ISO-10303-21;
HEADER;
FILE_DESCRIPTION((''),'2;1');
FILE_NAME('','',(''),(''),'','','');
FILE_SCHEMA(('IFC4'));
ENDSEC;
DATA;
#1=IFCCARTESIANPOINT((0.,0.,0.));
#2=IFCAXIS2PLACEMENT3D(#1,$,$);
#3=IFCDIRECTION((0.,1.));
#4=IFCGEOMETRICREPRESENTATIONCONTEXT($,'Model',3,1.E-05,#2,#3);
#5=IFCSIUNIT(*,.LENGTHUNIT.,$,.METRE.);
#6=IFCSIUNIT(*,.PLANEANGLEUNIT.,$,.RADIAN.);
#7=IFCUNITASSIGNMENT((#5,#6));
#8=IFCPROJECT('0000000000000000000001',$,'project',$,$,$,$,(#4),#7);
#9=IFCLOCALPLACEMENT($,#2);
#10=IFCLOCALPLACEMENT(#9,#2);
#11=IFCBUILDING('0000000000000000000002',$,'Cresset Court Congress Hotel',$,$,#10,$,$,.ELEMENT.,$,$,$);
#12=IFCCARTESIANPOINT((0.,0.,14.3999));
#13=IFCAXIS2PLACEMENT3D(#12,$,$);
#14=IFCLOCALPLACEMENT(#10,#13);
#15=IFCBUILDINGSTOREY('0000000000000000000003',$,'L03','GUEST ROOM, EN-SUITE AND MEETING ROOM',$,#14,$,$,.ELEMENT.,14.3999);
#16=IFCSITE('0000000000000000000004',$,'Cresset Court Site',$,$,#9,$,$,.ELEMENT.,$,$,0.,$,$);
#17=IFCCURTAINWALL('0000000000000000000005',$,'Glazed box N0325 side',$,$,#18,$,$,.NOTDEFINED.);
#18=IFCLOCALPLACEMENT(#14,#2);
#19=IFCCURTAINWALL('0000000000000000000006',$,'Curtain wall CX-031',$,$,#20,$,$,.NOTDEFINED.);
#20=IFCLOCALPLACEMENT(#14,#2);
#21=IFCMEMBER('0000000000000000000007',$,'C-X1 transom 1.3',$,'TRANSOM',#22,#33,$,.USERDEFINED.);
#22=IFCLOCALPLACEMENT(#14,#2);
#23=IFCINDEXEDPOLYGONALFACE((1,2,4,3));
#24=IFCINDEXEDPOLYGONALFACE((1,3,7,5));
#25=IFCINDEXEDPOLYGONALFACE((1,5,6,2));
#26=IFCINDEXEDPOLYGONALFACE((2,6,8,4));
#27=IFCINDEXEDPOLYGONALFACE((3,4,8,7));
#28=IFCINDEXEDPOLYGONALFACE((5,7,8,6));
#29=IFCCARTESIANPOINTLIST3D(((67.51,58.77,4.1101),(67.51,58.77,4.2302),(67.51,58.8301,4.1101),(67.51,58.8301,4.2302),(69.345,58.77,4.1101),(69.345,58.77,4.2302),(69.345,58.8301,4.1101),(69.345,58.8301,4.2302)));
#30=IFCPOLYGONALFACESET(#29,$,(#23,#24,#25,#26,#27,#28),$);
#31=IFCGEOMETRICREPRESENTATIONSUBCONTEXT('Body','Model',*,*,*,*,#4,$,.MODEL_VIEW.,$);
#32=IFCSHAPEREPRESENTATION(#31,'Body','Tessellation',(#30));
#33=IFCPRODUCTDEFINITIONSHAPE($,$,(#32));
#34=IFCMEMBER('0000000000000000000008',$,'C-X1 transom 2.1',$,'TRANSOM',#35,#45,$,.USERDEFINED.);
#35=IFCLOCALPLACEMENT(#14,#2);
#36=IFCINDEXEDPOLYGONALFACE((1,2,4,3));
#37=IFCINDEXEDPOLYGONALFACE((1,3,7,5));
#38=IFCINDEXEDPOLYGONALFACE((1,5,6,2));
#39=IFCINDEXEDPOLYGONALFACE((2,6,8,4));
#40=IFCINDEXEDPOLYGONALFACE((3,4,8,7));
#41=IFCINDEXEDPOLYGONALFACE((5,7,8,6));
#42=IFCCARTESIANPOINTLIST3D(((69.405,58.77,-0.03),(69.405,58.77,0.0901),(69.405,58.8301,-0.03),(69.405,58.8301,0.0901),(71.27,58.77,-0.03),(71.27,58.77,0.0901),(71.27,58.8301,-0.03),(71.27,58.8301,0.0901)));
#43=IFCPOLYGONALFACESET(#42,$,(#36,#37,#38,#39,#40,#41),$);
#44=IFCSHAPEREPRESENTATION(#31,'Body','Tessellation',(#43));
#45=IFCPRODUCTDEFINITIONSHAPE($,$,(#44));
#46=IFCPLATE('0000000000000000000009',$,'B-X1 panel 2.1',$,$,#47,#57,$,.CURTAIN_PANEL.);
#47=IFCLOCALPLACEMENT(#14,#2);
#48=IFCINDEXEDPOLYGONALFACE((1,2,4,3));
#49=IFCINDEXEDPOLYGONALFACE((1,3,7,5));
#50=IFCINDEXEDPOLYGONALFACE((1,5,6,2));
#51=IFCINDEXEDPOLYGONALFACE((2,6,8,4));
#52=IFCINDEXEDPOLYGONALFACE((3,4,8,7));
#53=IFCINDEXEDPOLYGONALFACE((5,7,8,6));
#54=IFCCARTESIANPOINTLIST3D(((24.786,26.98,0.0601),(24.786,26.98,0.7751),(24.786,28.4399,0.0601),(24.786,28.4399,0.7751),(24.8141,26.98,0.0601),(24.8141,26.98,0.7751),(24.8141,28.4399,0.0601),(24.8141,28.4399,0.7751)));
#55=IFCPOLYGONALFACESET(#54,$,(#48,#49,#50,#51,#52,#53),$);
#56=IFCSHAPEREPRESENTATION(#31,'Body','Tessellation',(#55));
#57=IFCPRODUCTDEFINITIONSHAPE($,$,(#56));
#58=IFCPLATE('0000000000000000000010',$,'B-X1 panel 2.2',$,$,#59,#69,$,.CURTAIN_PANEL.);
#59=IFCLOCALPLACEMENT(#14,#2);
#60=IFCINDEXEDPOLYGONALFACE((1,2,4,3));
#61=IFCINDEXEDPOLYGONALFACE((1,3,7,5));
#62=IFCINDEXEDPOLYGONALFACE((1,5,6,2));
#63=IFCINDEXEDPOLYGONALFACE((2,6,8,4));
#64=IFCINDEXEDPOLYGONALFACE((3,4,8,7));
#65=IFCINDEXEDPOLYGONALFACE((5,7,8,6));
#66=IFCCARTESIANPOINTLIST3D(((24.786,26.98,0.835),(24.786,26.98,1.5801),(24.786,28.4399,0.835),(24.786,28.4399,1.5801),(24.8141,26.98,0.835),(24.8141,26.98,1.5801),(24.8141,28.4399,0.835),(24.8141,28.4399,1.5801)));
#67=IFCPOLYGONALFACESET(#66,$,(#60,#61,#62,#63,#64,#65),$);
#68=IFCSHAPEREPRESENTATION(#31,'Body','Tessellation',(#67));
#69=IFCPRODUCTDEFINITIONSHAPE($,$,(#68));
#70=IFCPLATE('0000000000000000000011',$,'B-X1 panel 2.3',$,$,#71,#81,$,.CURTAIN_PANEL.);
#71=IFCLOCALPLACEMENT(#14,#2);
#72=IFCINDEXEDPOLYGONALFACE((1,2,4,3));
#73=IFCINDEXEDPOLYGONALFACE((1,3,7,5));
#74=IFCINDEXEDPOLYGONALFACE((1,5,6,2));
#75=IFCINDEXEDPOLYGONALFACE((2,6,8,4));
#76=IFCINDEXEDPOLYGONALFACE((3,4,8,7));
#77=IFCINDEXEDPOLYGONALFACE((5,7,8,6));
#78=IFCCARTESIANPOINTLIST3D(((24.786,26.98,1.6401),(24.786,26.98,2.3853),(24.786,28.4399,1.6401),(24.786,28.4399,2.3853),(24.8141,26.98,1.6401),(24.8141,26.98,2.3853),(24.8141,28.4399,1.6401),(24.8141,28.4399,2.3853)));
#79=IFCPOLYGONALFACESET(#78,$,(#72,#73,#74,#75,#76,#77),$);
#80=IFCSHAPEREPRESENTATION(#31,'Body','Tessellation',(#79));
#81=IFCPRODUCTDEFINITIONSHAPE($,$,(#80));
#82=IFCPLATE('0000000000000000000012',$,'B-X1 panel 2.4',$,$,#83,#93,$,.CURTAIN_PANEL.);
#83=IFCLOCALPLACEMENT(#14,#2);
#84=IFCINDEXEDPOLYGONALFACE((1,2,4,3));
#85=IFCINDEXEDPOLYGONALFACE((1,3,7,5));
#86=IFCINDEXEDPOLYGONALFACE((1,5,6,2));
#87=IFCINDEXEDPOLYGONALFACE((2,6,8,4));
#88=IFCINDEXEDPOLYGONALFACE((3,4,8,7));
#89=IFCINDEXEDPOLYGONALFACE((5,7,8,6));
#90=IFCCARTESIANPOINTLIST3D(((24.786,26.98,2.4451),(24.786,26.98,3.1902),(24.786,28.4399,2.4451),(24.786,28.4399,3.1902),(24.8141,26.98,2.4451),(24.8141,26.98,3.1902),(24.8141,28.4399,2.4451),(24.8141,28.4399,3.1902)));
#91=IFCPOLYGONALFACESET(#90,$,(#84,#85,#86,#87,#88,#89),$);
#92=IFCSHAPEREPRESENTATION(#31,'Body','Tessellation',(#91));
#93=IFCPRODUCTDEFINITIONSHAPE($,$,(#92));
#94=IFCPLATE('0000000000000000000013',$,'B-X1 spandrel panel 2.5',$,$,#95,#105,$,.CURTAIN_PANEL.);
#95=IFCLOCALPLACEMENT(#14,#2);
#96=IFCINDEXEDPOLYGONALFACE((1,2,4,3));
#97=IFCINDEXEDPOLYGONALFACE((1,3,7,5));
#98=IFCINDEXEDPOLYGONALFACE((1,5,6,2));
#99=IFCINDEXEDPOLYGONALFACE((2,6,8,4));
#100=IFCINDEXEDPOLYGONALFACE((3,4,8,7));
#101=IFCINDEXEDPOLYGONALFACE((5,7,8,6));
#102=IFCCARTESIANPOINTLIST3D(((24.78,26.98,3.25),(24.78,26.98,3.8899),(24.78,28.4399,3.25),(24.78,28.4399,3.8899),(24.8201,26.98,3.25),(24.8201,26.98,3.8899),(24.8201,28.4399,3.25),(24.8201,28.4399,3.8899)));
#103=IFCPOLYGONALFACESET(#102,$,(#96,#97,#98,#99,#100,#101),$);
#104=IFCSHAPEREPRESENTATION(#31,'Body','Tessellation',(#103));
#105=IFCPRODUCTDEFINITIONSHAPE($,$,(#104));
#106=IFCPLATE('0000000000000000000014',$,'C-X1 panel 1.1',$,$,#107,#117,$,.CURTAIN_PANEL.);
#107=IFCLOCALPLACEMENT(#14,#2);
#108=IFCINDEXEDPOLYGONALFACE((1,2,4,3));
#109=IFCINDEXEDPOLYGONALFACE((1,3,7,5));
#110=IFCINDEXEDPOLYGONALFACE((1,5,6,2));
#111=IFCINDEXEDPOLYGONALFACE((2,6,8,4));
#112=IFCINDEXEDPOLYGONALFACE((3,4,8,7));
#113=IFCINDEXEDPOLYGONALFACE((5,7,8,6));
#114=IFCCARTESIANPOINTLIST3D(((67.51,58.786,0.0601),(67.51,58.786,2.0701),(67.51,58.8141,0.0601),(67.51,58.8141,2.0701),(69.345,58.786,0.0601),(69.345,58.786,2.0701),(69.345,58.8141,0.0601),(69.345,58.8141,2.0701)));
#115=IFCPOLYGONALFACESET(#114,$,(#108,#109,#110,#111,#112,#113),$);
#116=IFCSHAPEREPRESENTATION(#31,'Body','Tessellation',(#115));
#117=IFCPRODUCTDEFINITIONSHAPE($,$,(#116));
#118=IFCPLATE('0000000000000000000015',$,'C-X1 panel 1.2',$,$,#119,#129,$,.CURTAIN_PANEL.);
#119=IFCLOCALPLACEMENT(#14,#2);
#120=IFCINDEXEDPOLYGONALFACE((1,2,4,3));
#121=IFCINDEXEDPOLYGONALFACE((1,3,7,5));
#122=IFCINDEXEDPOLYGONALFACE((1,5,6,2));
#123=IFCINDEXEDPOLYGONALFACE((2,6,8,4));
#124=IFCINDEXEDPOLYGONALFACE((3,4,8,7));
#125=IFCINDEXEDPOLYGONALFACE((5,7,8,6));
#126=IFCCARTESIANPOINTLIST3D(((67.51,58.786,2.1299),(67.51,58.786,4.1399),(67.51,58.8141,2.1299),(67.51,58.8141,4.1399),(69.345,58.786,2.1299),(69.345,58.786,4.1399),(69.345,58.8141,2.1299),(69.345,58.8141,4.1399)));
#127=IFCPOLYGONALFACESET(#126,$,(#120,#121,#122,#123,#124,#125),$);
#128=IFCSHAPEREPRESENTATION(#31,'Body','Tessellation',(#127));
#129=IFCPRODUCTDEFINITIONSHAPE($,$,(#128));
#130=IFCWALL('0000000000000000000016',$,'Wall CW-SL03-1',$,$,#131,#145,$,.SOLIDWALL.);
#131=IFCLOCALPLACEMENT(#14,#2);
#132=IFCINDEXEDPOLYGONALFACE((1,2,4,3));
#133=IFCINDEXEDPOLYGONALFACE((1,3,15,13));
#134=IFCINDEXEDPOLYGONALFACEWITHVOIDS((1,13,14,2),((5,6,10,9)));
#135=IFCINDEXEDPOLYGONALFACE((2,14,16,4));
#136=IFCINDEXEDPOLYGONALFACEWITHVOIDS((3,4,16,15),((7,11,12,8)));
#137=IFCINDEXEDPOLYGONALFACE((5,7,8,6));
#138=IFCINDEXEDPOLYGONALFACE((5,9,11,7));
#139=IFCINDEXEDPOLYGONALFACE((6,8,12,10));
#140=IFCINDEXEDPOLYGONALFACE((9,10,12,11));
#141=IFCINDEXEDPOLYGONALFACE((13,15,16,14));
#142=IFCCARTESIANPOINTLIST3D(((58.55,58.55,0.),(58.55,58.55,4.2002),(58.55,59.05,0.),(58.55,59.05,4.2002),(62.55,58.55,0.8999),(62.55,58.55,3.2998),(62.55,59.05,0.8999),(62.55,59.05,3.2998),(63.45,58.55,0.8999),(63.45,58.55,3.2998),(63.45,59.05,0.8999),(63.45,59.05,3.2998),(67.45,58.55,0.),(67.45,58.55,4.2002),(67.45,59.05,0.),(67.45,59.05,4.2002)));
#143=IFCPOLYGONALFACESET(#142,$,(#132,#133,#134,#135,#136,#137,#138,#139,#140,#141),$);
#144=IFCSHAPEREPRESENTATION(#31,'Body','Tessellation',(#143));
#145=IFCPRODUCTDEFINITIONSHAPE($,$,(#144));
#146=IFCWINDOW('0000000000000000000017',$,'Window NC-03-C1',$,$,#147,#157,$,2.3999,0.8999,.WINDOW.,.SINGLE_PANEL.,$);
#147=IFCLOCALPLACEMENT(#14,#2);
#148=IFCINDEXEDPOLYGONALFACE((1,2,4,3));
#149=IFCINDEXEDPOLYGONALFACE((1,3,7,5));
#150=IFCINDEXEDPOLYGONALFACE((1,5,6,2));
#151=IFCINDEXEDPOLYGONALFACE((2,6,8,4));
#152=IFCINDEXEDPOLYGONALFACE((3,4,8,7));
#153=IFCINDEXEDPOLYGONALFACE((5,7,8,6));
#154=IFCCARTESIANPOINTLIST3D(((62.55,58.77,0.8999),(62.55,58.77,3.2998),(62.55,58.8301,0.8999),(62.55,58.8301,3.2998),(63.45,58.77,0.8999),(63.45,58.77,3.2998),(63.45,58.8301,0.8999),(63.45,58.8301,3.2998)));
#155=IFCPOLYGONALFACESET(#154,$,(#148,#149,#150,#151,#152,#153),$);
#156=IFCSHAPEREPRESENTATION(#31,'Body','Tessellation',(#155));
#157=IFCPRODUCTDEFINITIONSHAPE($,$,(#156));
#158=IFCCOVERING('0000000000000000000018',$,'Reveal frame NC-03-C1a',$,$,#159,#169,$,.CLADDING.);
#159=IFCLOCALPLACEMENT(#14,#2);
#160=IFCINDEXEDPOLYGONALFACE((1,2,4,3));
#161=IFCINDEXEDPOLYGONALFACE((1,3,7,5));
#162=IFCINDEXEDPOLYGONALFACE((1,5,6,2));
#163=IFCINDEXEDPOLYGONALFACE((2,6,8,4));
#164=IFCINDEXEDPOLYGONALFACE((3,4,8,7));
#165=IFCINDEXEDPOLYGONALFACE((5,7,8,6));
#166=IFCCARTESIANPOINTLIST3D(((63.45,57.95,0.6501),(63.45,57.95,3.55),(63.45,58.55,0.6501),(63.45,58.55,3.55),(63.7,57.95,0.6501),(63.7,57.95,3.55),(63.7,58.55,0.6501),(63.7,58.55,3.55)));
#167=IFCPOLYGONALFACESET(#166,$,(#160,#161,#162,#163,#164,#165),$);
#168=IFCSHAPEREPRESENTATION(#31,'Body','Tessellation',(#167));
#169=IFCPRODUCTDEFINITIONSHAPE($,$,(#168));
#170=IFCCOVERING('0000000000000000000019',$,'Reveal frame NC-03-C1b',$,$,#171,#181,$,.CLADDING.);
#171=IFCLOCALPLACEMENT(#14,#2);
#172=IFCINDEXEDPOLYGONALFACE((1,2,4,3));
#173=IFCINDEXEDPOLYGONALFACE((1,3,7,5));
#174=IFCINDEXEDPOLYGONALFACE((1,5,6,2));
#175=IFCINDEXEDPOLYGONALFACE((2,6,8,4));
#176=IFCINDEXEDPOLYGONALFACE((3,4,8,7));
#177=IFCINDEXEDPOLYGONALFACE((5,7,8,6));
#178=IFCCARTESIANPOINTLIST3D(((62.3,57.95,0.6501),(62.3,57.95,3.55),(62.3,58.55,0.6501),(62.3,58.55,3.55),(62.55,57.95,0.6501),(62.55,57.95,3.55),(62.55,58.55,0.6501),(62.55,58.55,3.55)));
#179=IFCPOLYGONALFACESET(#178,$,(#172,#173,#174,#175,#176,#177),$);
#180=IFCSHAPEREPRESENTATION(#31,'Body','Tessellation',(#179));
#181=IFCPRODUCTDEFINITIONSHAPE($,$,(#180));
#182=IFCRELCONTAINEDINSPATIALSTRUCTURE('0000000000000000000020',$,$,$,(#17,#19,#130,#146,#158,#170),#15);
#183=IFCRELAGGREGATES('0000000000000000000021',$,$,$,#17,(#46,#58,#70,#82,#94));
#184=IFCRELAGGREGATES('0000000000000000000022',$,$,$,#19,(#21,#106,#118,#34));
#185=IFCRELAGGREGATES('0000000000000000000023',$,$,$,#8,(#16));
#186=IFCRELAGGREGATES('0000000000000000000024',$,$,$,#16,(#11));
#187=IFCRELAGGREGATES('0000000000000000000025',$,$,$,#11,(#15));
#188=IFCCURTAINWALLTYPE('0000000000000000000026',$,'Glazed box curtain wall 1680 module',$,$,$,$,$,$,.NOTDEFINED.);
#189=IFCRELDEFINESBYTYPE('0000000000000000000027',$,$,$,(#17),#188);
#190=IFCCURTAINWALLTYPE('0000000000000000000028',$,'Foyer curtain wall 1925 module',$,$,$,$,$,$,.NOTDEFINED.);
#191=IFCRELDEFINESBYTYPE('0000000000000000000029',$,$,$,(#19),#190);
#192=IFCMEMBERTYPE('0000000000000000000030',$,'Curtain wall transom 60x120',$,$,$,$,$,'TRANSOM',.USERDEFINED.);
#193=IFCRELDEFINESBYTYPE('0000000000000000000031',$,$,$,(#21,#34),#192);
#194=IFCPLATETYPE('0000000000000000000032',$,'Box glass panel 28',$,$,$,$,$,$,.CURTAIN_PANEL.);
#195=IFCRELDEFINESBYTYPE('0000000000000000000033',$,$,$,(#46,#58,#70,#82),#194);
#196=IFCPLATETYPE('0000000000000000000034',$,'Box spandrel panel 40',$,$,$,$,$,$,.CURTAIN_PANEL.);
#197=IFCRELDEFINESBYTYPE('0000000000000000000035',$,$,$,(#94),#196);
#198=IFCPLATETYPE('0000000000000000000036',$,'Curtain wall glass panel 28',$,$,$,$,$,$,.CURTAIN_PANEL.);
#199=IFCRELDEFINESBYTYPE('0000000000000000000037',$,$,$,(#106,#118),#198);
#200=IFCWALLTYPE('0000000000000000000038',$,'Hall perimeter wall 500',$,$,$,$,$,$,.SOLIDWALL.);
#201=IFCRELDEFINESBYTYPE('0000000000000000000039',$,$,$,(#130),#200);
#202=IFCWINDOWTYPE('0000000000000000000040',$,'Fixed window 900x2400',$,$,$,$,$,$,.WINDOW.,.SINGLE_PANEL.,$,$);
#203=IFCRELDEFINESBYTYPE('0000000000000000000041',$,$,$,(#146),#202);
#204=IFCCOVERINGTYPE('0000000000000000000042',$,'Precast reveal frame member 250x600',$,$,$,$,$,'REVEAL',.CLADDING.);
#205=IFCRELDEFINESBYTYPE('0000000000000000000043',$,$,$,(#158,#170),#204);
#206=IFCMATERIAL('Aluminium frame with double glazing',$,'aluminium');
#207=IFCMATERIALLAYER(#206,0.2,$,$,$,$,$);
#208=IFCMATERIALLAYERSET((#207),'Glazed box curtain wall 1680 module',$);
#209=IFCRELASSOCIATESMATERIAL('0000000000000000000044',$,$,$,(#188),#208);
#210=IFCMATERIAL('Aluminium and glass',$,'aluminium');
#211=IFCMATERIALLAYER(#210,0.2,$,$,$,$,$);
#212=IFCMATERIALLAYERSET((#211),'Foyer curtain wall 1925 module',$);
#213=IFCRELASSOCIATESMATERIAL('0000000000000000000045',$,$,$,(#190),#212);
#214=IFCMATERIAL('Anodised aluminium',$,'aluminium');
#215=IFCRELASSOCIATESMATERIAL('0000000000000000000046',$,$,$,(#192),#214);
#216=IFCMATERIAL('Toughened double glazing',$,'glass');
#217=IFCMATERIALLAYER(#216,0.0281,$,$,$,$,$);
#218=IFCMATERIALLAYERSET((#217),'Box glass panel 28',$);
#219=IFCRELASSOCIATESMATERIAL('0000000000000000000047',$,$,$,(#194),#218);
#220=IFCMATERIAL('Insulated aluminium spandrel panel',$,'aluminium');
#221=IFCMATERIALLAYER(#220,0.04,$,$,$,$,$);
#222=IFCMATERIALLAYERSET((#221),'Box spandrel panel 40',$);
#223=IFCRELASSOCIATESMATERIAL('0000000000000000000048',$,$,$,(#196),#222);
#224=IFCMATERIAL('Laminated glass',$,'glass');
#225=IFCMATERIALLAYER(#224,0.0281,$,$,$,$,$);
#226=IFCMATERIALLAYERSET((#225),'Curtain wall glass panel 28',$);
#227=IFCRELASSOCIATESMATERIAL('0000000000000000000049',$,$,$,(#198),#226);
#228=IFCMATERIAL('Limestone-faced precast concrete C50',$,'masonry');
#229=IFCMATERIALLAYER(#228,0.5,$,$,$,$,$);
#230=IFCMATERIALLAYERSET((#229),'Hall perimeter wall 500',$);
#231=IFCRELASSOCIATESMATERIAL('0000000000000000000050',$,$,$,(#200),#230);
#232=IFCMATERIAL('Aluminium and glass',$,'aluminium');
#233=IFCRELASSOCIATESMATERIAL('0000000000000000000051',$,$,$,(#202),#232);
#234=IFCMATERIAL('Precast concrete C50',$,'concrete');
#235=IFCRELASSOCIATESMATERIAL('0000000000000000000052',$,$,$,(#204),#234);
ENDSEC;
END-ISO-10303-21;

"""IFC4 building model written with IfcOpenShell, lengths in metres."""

from ifc_helpers import new_model, si_unit, direction, frame, frame_2d, origin, origin_2d, place, context, subcontext, project, spatial, rectangle, extrude, material, layer, layer_set, material_profile, profile_set, type_object, element, fill, aggregate, save


model = new_model("IFC4")

# Units and contexts
model_context = context("Model", 3, precision=1e-05, world=origin(), true_north=direction((0.0, 1.0)))
body_context = subcontext(model_context, "Body", "Model", "MODEL_VIEW")
ifc_project = project(units=[si_unit("LENGTHUNIT", "METRE"), si_unit("PLANEANGLEUNIT", "RADIAN")], contexts=[model_context])

# Site, building, storey
site_placement = place(None, origin())
site = spatial("IfcSite", under=ifc_project, at=site_placement, Name="Cresset Court Site", CompositionType="ELEMENT", RefElevation=0.0)
building_placement = place(site_placement, origin())
building = spatial("IfcBuilding", under=site, at=building_placement, Name="Cresset Court Congress Hotel", CompositionType="ELEMENT")
storey_placement = place(building_placement, frame((0.0, 0.0, 14.3999)))
storey = spatial("IfcBuildingStorey", under=building, at=storey_placement, Name="L03", Description="GUEST ROOM, EN-SUITE AND MEETING ROOM", CompositionType="ELEMENT", Elevation=14.3999)

# Curtain walls, members
ifc_material_1 = material(Name="Aluminium frame with double glazing", Category="aluminium")
ifc_layer_1 = layer(ifc_material_1, 0.2)
ifc_layer_set_1 = layer_set([ifc_layer_1], Name="Glazed box curtain wall 1680 module")
curtain_wall_type_1 = type_object("IfcCurtainWallType", Name="Glazed box curtain wall 1680 module", PredefinedType="NOTDEFINED", material=ifc_layer_set_1)
curtain_wall_1_placement = place(storey_placement, origin())
curtain_wall_1 = element("IfcCurtainWall", 1, at=curtain_wall_1_placement, inside=storey, type_object=curtain_wall_type_1, Name="Glazed box N0325 side", PredefinedType="NOTDEFINED")
ifc_material_2 = material(Name="Aluminium and glass", Category="aluminium")
ifc_layer_2 = layer(ifc_material_2, 0.2)
ifc_layer_set_2 = layer_set([ifc_layer_2], Name="Foyer curtain wall 1925 module")
curtain_wall_type_2 = type_object("IfcCurtainWallType", Name="Foyer curtain wall 1925 module", PredefinedType="NOTDEFINED", material=ifc_layer_set_2)
curtain_wall_2_placement = place(storey_placement, origin())
curtain_wall_2 = element("IfcCurtainWall", 2, at=curtain_wall_2_placement, inside=storey, type_object=curtain_wall_type_2, Name="Curtain wall CX-031", PredefinedType="NOTDEFINED")
ifc_material_3 = material(Name="Anodised aluminium", Category="aluminium")
ifc_material_profile_1 = material_profile(ifc_material_3, rectangle(XDim=0.0601, YDim=0.1201, at=origin_2d()), Name="AL60x120")
ifc_profile_set_1 = profile_set([ifc_material_profile_1], Name="Anodised aluminium")
member_type_1 = type_object("IfcMemberType", Name="Curtain wall transom 60x120", ElementType="TRANSOM", PredefinedType="USERDEFINED", material=ifc_profile_set_1)
member_1_placement = place(storey_placement, frame((67.51, 58.8, 4.1702), z_axis=(1.0, 0.0, 0.0), x_axis=(0.0, 1.0, 0.0)))
member_1 = element("IfcMember", 3, at=member_1_placement, type_object=member_type_1, Name="C-X1 transom 1.3", ObjectType="TRANSOM", PredefinedType="USERDEFINED", context=body_context, shape_type="SweptSolid", body=[
    extrude(rectangle(XDim=0.0601, YDim=0.1201, at=origin_2d()), origin(), (0.0, 0.0, 1.0), 1.835),
])
member_2_placement = place(storey_placement, frame((69.405, 58.8, 0.03), z_axis=(1.0, 0.0, 0.0), x_axis=(0.0, 1.0, 0.0)))
member_2 = element("IfcMember", 4, at=member_2_placement, type_object=member_type_1, Name="C-X1 transom 2.1", ObjectType="TRANSOM", PredefinedType="USERDEFINED", context=body_context, shape_type="SweptSolid", body=[
    extrude(rectangle(XDim=0.0601, YDim=0.1201, at=origin_2d()), origin(), (0.0, 0.0, 1.0), 1.865),
])

# Plates
ifc_material_4 = material(Name="Toughened double glazing", Category="glass")
ifc_layer_3 = layer(ifc_material_4, 0.0281)
ifc_layer_set_3 = layer_set([ifc_layer_3], Name="Box glass panel 28")
plate_type_1 = type_object("IfcPlateType", Name="Box glass panel 28", PredefinedType="CURTAIN_PANEL", material=ifc_layer_set_3)
plate_1_placement = place(storey_placement, frame((24.8, 27.71, 0.0601), z_axis=(0.0, 0.0, 1.0), x_axis=(0.0, 1.0, 0.0)))
plate_1 = element("IfcPlate", 5, at=plate_1_placement, type_object=plate_type_1, Name="B-X1 panel 2.1", PredefinedType="CURTAIN_PANEL", context=body_context, shape_type="SweptSolid", body=[
    extrude(rectangle(XDim=1.46, YDim=0.0281, at=origin_2d()), origin(), (0.0, 0.0, 1.0), 0.7151),
])
plate_2_placement = place(storey_placement, frame((24.8, 27.71, 0.835), z_axis=(0.0, 0.0, 1.0), x_axis=(0.0, 1.0, 0.0)))
plate_2 = element("IfcPlate", 6, at=plate_2_placement, type_object=plate_type_1, Name="B-X1 panel 2.2", PredefinedType="CURTAIN_PANEL", context=body_context, shape_type="SweptSolid", body=[
    extrude(rectangle(XDim=1.46, YDim=0.0281, at=origin_2d()), origin(), (0.0, 0.0, 1.0), 0.7451),
])
plate_3_placement = place(storey_placement, frame((24.8, 27.71, 1.6401), z_axis=(0.0, 0.0, 1.0), x_axis=(0.0, 1.0, 0.0)))
plate_3 = element("IfcPlate", 7, at=plate_3_placement, type_object=plate_type_1, Name="B-X1 panel 2.3", PredefinedType="CURTAIN_PANEL", context=body_context, shape_type="SweptSolid", body=[
    extrude(rectangle(XDim=1.46, YDim=0.0281, at=origin_2d()), origin(), (0.0, 0.0, 1.0), 0.7451),
])
plate_4_placement = place(storey_placement, frame((24.8, 27.71, 2.4451), z_axis=(0.0, 0.0, 1.0), x_axis=(0.0, 1.0, 0.0)))
plate_4 = element("IfcPlate", 8, at=plate_4_placement, type_object=plate_type_1, Name="B-X1 panel 2.4", PredefinedType="CURTAIN_PANEL", context=body_context, shape_type="SweptSolid", body=[
    extrude(rectangle(XDim=1.46, YDim=0.0281, at=origin_2d()), origin(), (0.0, 0.0, 1.0), 0.7451),
])
ifc_material_5 = material(Name="Insulated aluminium spandrel panel", Category="aluminium")
ifc_layer_4 = layer(ifc_material_5, 0.04)
ifc_layer_set_4 = layer_set([ifc_layer_4], Name="Box spandrel panel 40")
plate_type_2 = type_object("IfcPlateType", Name="Box spandrel panel 40", PredefinedType="CURTAIN_PANEL", material=ifc_layer_set_4)
plate_5_placement = place(storey_placement, frame((24.8, 27.71, 3.25), z_axis=(0.0, 0.0, 1.0), x_axis=(0.0, 1.0, 0.0)))
plate_5 = element("IfcPlate", 9, at=plate_5_placement, type_object=plate_type_2, Name="B-X1 spandrel panel 2.5", PredefinedType="CURTAIN_PANEL", context=body_context, shape_type="SweptSolid", body=[
    extrude(rectangle(XDim=1.46, YDim=0.04, at=origin_2d()), origin(), (0.0, 0.0, 1.0), 0.6399),
])
aggregate(curtain_wall_1, [plate_1, plate_2, plate_3, plate_4, plate_5])
ifc_material_6 = material(Name="Laminated glass", Category="glass")
ifc_layer_5 = layer(ifc_material_6, 0.0281)
ifc_layer_set_5 = layer_set([ifc_layer_5], Name="Curtain wall glass panel 28")
plate_type_3 = type_object("IfcPlateType", Name="Curtain wall glass panel 28", PredefinedType="CURTAIN_PANEL", material=ifc_layer_set_5)
plate_6_placement = place(storey_placement, frame((68.4275, 58.8, 0.0601), z_axis=(0.0, 0.0, 1.0), x_axis=(1.0, 0.0, 0.0)))
plate_6 = element("IfcPlate", 10, at=plate_6_placement, type_object=plate_type_3, Name="C-X1 panel 1.1", PredefinedType="CURTAIN_PANEL", context=body_context, shape_type="SweptSolid", body=[
    extrude(rectangle(XDim=1.835, YDim=0.0281, at=origin_2d()), origin(), (0.0, 0.0, 1.0), 2.01),
])
plate_7_placement = place(storey_placement, frame((68.4275, 58.8, 2.1299), z_axis=(0.0, 0.0, 1.0), x_axis=(1.0, 0.0, 0.0)))
plate_7 = element("IfcPlate", 11, at=plate_7_placement, type_object=plate_type_3, Name="C-X1 panel 1.2", PredefinedType="CURTAIN_PANEL", context=body_context, shape_type="SweptSolid", body=[
    extrude(rectangle(XDim=1.835, YDim=0.0281, at=origin_2d()), origin(), (0.0, 0.0, 1.0), 2.01),
])
aggregate(curtain_wall_2, [member_1, plate_6, plate_7, member_2])

# Wall, opening, window
ifc_material_7 = material(Name="Limestone-faced precast concrete C50", Category="masonry")
ifc_layer_6 = layer(ifc_material_7, 0.5)
ifc_layer_set_6 = layer_set([ifc_layer_6], Name="Hall perimeter wall 500")
wall_type = type_object("IfcWallType", Name="Hall perimeter wall 500", PredefinedType="SOLIDWALL", material=ifc_layer_set_6)
wall_placement = place(storey_placement, frame((67.45, 58.8, 0.0), z_axis=(0.0, 0.0, 1.0), x_axis=(-1.0, 0.0, 0.0)))
wall = element("IfcWall", 12, at=wall_placement, inside=storey, type_object=wall_type, Name="Wall CW-SL03-1", PredefinedType="SOLIDWALL", context=body_context, shape_type="SweptSolid", body=[
    extrude(rectangle(XDim=8.8999, YDim=0.5, at=frame_2d((4.45, 0.0))), origin(), (0.0, 0.0, 1.0), 4.2002),
])
opening_placement = place(wall_placement, frame((4.0, 0.0, 0.8999)))
opening = element("IfcOpeningElement", 13, at=opening_placement, cuts=wall, PredefinedType="OPENING", context=body_context, shape_type="SweptSolid", body=[
    extrude(rectangle(XDim=0.8999, YDim=2.3999, at=frame_2d((0.45, 1.2))), frame((0.0, 0.26, 0.0), z_axis=(0.0, -1.0, 0.0), x_axis=(1.0, 0.0, 0.0)), (0.0, 0.0, 1.0), 0.52),
])
ifc_material_8 = material(Name="Aluminium and glass", Category="aluminium")
window_type = type_object("IfcWindowType", Name="Fixed window 900x2400", PartitioningType="SINGLE_PANEL", PredefinedType="WINDOW", material=ifc_material_8)
window_placement = place(opening_placement, origin())
window = element("IfcWindow", 14, at=window_placement, inside=storey, type_object=window_type, Name="Window NC-03-C1", OverallHeight=2.3999, OverallWidth=0.8999, PartitioningType="SINGLE_PANEL", PredefinedType="WINDOW", context=body_context, shape_type="SweptSolid", body=[
    extrude(rectangle(XDim=0.8999, YDim=2.3999, at=frame_2d((0.45, 1.2))), frame((0.0, 0.03, 0.0), z_axis=(0.0, -1.0, 0.0), x_axis=(1.0, 0.0, 0.0)), (0.0, 0.0, 1.0), 0.0601),
])
fill(opening, window)

# Coverings
ifc_material_9 = material(Name="Precast concrete C50", Category="concrete")
covering_type = type_object("IfcCoveringType", Name="Precast reveal frame member 250x600", ElementType="REVEAL", PredefinedType="CLADDING", material=ifc_material_9)
for number, where, z_axis, x_axis, name in (
    (15, (63.575, 58.25, 0.6501), (0.0, 0.0, 1.0), (1.0, 0.0, 0.0), "Reveal frame NC-03-C1a"),
    (16, (62.425, 58.25, 0.6501), (0.0, 0.0, 1.0), (1.0, 0.0, 0.0), "Reveal frame NC-03-C1b"),
):
    element("IfcCovering", number, at=place(storey_placement, frame(where, z_axis=z_axis, x_axis=x_axis)), inside=storey, type_object=covering_type, Name=name, PredefinedType="CLADDING", context=body_context, shape_type="SweptSolid", body=[
        extrude(rectangle(XDim=0.25, YDim=0.6001, at=origin_2d()), origin(), (0.0, 0.0, 1.0), 2.8999),
    ])

save(model, "model.ifc")
